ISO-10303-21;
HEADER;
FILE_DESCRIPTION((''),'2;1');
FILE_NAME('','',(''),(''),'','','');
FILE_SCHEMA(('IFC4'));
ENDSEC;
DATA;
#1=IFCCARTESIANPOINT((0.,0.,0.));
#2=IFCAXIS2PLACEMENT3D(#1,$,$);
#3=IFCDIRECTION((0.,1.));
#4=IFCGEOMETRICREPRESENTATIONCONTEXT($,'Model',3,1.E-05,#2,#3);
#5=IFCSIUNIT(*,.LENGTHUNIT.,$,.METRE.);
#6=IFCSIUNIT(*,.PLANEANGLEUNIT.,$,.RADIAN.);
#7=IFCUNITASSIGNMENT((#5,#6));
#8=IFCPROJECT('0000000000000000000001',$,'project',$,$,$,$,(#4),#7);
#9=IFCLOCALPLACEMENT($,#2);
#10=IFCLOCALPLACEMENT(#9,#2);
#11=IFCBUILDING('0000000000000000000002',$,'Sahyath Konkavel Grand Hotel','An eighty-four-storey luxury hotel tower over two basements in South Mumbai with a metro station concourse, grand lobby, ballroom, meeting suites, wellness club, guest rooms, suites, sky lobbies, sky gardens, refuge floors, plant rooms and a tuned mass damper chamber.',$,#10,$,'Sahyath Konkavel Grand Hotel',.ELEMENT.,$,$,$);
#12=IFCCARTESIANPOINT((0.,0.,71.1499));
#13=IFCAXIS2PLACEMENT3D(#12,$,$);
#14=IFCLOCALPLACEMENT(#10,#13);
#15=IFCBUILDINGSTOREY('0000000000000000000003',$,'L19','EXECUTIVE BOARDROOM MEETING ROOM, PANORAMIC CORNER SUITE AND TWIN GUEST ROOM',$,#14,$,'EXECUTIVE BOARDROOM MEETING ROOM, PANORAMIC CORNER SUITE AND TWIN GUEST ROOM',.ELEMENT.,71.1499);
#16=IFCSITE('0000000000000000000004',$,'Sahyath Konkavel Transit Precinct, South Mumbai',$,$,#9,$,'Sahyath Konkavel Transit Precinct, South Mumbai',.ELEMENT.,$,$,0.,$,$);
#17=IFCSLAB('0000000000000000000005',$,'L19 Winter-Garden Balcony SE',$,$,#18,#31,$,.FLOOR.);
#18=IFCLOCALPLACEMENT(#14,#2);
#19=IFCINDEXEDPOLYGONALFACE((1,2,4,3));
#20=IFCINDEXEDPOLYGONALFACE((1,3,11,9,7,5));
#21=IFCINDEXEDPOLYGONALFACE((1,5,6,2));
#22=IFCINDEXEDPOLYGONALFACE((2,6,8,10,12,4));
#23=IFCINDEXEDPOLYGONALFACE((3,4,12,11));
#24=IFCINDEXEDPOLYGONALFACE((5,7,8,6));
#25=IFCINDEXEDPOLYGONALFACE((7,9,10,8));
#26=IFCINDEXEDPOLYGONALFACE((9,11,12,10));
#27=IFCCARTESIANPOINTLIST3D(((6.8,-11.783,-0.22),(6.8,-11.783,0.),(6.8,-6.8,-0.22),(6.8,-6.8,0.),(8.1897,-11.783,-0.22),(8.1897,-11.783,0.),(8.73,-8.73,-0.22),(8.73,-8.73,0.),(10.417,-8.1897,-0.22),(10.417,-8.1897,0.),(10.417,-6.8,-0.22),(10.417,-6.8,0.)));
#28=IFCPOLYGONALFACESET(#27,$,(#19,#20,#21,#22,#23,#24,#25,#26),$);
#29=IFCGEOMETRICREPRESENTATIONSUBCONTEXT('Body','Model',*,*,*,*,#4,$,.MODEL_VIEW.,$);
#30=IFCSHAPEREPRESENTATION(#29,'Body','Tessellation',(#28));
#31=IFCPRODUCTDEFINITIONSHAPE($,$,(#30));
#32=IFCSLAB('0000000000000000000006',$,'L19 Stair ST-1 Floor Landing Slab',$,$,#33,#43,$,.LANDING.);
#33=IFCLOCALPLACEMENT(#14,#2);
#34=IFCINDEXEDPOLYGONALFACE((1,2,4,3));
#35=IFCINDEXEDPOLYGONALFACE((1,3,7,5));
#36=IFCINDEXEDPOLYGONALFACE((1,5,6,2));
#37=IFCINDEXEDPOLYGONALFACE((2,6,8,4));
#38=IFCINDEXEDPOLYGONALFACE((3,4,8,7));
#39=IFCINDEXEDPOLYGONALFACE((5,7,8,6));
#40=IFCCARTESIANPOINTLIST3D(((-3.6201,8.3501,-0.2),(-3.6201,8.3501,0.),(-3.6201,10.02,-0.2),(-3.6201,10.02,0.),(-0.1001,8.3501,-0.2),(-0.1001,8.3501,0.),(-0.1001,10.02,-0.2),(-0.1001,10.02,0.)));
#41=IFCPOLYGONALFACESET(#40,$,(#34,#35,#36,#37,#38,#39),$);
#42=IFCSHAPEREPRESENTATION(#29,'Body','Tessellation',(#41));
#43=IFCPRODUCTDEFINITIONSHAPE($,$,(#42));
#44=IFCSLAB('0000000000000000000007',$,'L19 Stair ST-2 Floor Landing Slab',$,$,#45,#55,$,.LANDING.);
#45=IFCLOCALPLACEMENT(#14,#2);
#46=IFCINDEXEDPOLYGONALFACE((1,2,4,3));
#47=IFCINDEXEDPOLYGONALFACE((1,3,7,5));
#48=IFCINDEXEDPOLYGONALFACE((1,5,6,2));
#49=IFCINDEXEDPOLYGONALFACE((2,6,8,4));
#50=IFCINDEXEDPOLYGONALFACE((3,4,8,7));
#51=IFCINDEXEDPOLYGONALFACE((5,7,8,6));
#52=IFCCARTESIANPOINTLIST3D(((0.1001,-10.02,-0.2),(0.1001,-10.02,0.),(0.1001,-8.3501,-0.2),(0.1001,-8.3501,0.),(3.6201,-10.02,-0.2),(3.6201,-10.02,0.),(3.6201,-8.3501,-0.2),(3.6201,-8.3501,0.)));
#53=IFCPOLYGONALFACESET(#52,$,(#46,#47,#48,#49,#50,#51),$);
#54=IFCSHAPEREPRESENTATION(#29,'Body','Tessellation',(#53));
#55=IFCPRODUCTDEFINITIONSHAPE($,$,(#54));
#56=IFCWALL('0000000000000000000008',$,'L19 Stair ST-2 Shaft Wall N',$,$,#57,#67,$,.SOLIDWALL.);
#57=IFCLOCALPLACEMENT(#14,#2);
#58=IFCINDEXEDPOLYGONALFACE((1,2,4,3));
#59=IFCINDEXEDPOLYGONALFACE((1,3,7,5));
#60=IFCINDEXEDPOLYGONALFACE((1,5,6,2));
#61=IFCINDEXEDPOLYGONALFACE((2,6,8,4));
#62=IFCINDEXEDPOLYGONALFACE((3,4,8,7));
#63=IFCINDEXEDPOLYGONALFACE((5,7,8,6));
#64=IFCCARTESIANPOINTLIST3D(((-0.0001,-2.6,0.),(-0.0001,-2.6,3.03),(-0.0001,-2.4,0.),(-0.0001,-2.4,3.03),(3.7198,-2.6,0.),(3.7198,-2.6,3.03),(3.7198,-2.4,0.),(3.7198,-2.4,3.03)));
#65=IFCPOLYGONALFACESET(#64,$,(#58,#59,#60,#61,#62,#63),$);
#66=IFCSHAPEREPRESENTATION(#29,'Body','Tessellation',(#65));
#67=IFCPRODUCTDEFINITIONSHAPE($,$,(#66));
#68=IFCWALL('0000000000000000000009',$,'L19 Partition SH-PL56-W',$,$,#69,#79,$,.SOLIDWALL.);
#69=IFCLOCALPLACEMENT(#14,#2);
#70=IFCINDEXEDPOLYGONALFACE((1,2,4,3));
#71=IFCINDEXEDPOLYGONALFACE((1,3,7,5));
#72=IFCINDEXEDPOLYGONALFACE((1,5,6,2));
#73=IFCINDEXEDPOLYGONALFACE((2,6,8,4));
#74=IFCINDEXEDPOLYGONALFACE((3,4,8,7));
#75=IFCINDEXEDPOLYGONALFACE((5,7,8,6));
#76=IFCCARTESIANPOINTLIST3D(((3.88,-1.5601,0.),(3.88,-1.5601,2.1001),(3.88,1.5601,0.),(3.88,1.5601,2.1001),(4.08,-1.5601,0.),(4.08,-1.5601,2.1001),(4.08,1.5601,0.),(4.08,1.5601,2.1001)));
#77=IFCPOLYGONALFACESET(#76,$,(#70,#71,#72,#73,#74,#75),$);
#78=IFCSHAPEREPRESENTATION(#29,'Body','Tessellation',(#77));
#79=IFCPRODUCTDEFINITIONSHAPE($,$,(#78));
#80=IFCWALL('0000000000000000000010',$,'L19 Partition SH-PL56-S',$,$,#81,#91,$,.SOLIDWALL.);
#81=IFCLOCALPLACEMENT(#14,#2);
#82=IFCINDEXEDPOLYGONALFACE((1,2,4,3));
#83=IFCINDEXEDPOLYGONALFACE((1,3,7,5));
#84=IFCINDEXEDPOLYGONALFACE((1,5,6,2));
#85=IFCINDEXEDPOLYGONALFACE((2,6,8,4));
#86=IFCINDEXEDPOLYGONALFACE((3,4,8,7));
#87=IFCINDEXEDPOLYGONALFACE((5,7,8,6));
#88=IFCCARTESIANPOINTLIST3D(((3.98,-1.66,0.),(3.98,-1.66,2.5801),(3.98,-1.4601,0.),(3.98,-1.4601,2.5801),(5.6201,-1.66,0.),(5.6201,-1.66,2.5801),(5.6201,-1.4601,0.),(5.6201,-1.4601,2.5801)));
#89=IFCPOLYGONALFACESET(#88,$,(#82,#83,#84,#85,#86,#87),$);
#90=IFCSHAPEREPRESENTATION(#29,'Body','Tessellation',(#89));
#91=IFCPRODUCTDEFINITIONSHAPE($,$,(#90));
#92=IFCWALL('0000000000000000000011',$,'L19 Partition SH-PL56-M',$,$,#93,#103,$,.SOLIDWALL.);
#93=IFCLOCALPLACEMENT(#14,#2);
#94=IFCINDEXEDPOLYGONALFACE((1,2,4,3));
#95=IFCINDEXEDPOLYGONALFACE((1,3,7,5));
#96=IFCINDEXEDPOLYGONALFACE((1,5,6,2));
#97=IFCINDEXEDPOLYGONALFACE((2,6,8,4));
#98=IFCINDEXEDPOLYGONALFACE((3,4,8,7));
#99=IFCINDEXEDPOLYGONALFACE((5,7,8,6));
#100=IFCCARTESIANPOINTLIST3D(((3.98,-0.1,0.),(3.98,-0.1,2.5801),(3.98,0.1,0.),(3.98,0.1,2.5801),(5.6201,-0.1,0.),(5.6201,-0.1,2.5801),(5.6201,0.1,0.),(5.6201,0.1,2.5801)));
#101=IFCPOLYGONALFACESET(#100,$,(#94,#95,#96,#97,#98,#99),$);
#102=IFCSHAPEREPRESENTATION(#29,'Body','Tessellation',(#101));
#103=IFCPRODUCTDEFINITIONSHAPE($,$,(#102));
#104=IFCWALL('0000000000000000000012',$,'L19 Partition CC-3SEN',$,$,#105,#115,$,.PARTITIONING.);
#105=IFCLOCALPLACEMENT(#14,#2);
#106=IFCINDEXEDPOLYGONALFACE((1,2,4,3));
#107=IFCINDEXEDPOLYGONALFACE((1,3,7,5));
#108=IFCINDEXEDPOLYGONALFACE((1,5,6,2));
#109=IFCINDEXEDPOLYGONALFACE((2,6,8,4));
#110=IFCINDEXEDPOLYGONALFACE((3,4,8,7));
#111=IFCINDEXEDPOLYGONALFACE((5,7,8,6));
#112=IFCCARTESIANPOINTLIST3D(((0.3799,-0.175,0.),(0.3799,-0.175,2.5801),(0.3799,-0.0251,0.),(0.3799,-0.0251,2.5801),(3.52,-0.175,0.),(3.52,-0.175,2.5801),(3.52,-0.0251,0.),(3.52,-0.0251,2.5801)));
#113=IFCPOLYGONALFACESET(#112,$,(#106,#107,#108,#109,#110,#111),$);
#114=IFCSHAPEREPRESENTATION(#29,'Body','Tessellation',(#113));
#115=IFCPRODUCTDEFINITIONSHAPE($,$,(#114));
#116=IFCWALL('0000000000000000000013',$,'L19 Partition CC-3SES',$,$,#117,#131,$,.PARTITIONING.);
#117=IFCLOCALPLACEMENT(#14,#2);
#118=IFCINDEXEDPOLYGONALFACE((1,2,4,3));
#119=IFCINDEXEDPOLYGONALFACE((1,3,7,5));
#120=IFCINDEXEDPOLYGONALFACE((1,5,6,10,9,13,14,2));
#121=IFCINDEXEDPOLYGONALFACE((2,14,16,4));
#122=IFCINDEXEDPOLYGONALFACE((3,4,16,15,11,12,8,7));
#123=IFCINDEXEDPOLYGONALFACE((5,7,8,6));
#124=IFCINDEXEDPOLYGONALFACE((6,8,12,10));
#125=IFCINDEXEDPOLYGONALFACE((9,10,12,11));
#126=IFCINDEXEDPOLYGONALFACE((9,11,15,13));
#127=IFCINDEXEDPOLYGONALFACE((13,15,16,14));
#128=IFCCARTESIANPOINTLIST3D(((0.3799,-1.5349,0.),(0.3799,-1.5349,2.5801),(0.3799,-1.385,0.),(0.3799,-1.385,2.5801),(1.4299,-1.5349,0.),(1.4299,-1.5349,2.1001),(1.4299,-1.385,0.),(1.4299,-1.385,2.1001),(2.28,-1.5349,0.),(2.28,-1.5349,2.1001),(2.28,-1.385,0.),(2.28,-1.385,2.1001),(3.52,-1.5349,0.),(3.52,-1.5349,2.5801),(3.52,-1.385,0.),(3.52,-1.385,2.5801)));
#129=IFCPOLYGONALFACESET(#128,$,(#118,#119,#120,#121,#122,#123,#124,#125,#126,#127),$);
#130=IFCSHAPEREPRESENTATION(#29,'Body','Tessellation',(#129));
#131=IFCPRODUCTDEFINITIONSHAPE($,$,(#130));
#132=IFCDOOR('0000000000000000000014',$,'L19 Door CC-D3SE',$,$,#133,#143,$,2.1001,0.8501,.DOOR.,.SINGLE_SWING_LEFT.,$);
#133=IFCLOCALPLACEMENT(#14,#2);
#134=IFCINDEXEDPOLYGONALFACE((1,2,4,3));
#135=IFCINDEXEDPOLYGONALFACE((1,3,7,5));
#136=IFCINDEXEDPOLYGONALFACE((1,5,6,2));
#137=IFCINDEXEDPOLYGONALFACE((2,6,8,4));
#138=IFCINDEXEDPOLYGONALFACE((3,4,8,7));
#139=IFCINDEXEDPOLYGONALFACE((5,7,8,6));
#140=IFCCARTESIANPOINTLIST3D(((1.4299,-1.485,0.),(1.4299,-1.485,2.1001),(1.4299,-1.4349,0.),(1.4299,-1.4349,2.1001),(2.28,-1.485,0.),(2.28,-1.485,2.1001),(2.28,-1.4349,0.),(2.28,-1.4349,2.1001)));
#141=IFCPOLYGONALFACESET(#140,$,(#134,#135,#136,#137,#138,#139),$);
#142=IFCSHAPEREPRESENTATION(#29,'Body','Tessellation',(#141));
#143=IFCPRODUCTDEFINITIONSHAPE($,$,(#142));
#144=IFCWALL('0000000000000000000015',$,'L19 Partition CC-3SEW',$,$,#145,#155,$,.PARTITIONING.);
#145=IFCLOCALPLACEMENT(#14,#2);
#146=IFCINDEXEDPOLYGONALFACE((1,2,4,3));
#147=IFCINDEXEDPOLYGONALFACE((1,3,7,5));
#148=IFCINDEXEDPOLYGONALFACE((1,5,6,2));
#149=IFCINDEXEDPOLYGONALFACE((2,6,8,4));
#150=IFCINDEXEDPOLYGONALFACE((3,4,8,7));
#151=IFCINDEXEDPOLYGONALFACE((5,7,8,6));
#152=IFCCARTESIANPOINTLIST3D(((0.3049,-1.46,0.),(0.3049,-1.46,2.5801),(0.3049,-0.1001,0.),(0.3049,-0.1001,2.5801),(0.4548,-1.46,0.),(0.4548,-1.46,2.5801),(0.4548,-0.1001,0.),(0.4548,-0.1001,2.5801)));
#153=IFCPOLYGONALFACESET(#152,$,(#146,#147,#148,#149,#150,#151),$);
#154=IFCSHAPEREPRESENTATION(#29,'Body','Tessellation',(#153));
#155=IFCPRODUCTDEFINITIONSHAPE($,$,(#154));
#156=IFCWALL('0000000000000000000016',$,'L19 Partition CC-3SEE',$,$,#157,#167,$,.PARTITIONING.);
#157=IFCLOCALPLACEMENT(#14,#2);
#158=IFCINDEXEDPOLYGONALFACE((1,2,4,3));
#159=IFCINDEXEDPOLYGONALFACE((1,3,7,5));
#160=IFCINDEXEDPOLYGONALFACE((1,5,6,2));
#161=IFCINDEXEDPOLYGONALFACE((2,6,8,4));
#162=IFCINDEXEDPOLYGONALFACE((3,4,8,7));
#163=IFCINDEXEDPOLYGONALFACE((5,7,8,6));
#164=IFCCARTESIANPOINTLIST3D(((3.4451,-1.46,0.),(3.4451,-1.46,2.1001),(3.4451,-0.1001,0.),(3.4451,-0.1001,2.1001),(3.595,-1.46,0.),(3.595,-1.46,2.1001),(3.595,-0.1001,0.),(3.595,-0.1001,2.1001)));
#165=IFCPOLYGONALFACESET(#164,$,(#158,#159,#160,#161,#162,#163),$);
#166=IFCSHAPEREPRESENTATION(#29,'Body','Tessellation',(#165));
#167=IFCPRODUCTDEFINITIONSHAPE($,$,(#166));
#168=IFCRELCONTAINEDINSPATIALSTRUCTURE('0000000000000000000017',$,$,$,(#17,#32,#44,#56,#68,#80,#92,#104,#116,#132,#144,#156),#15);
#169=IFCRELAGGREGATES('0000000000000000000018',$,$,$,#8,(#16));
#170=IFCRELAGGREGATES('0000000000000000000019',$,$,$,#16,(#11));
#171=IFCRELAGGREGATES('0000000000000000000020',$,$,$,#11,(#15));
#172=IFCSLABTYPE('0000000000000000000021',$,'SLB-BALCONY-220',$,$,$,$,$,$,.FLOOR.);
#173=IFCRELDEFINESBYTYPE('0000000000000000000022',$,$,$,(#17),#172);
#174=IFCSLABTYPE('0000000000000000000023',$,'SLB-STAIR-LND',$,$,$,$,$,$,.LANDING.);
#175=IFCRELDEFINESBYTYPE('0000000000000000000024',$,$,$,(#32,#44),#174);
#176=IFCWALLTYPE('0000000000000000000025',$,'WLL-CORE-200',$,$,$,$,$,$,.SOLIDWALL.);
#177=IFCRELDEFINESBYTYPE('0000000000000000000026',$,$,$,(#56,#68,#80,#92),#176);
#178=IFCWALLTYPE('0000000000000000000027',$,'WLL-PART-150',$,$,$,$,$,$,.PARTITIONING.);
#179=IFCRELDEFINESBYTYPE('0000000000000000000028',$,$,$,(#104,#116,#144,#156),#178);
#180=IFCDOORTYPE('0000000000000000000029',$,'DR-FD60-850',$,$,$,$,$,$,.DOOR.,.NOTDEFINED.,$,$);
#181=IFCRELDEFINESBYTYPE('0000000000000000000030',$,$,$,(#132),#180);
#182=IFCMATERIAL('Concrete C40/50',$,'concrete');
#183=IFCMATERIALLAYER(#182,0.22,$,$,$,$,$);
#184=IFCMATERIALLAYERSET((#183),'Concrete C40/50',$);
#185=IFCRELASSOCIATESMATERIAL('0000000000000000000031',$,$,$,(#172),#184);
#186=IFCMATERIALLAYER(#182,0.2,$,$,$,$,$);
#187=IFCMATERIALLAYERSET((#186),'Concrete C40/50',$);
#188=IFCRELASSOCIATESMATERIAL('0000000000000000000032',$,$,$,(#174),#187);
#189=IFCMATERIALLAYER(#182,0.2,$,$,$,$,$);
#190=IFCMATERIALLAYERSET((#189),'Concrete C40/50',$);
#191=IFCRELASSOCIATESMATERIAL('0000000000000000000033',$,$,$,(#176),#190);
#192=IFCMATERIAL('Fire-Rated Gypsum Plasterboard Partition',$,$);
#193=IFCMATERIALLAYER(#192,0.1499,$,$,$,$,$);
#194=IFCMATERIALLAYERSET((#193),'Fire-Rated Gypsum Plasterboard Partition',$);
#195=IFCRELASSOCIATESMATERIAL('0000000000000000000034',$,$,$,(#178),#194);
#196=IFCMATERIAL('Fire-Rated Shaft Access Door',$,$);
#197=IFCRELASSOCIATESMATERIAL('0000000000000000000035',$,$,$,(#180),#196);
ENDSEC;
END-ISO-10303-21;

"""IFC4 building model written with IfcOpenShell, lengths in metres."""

from ifc_helpers import new_model, si_unit, direction, frame, frame_2d, origin, origin_2d, place, context, subcontext, project, spatial, polyline, rectangle, outline, extrude, source, transform, mapped, material, layer, layer_set, type_object, element, fill, save


model = new_model("IFC4")

# Units and contexts
model_context = context("Model", 3, precision=1e-05, world=origin(), true_north=direction((0.0, 1.0)))
body_context = subcontext(model_context, "Body", "Model", "MODEL_VIEW")
ifc_project = project(units=[si_unit("LENGTHUNIT", "METRE"), si_unit("PLANEANGLEUNIT", "RADIAN")], contexts=[model_context])

# Site, building, storey
site_placement = place(None, origin())
site = spatial("IfcSite", under=ifc_project, at=site_placement, Name="Sahyath Konkavel Transit Precinct, South Mumbai", LongName="Sahyath Konkavel Transit Precinct, South Mumbai", CompositionType="ELEMENT", RefElevation=0.0)
building_placement = place(site_placement, origin())
building = spatial("IfcBuilding", under=site, at=building_placement, Name="Sahyath Konkavel Grand Hotel", Description="An eighty-four-storey luxury hotel tower over two basements in South Mumbai with a metro station concourse, grand lobby, ballroom, meeting suites, wellness club, guest rooms, suites, sky lobbies, sky gardens, refuge floors, plant rooms and a tuned mass damper chamber.", LongName="Sahyath Konkavel Grand Hotel", CompositionType="ELEMENT")
storey_placement = place(building_placement, frame((0.0, 0.0, 71.1499)))
storey = spatial("IfcBuildingStorey", under=building, at=storey_placement, Name="L19", Description="EXECUTIVE BOARDROOM MEETING ROOM, PANORAMIC CORNER SUITE AND TWIN GUEST ROOM", LongName="EXECUTIVE BOARDROOM MEETING ROOM, PANORAMIC CORNER SUITE AND TWIN GUEST ROOM", CompositionType="ELEMENT", Elevation=71.1499)

# Slabs
ifc_material_1 = material(Name="Concrete C40/50", Category="concrete")
ifc_layer_1 = layer(ifc_material_1, 0.22)
ifc_layer_set_1 = layer_set([ifc_layer_1], Name="Concrete C40/50")
slab_type_1 = type_object("IfcSlabType", Name="SLB-BALCONY-220", PredefinedType="FLOOR", material=ifc_layer_set_1)
slab_1_placement = place(storey_placement, frame((0.0, 0.0, -0.22)))
element("IfcSlab", 1, at=slab_1_placement, inside=storey, type_object=slab_type_1, Name="L19 Winter-Garden Balcony SE", PredefinedType="FLOOR", context=body_context, shape_type="SweptSolid", body=[
    extrude(outline(polyline([(6.8, -6.8), (6.8, -11.783), (8.1897, -11.783), (8.73, -8.73), (10.417, -8.1897), (10.417, -6.8), (6.8, -6.8)])), origin(), (0.0, 0.0, 1.0), 0.22),
])
ifc_layer_2 = layer(ifc_material_1, 0.2)
ifc_layer_set_2 = layer_set([ifc_layer_2], Name="Concrete C40/50")
slab_type_2 = type_object("IfcSlabType", Name="SLB-STAIR-LND", PredefinedType="LANDING", material=ifc_layer_set_2)
slab_2_placement = place(storey_placement, frame((0.0, 0.0, -0.2)))
element("IfcSlab", 2, at=slab_2_placement, inside=storey, type_object=slab_type_2, Name="L19 Stair ST-1 Floor Landing Slab", PredefinedType="LANDING", context=body_context, shape_type="SweptSolid", body=[
    extrude(outline(polyline([(-3.6201, 8.3501), (-0.1001, 8.3501), (-0.1001, 10.02), (-3.6201, 10.02), (-3.6201, 8.3501)])), origin(), (0.0, 0.0, 1.0), 0.2),
])
slab_3_placement = place(storey_placement, frame((0.0, 0.0, -0.2)))
element("IfcSlab", 3, at=slab_3_placement, inside=storey, type_object=slab_type_2, Name="L19 Stair ST-2 Floor Landing Slab", PredefinedType="LANDING", context=body_context, shape_type="SweptSolid", body=[
    extrude(outline(polyline([(0.1001, -10.02), (3.6201, -10.02), (3.6201, -8.3501), (0.1001, -8.3501), (0.1001, -10.02)])), origin(), (0.0, 0.0, 1.0), 0.2),
])

# Walls
ifc_layer_3 = layer(ifc_material_1, 0.2)
ifc_layer_set_3 = layer_set([ifc_layer_3], Name="Concrete C40/50")
wall_type_1 = type_object("IfcWallType", Name="WLL-CORE-200", PredefinedType="SOLIDWALL", material=ifc_layer_set_3)
wall_1_placement = place(storey_placement, frame((0.0, -2.5, 0.0), z_axis=(0.0, 0.0, 1.0), x_axis=(1.0, 0.0, 0.0)))
element("IfcWall", 4, at=wall_1_placement, inside=storey, type_object=wall_type_1, Name="L19 Stair ST-2 Shaft Wall N", PredefinedType="SOLIDWALL", context=body_context, shape_type="SweptSolid", body=[
    extrude(rectangle(XDim=3.72, YDim=0.2, at=frame_2d((1.8599, 0.0))), origin(), (0.0, 0.0, 1.0), 3.03),
])
wall_2_placement = place(storey_placement, frame((3.98, -1.5601, 0.0), z_axis=(0.0, 0.0, 1.0), x_axis=(0.0, 1.0, 0.0)))
element("IfcWall", 5, at=wall_2_placement, inside=storey, type_object=wall_type_1, Name="L19 Partition SH-PL56-W", PredefinedType="SOLIDWALL", context=body_context, shape_type="SweptSolid", body=[
    extrude(rectangle(XDim=3.1201, YDim=0.2, at=frame_2d((1.5601, 0.0))), origin(), (0.0, 0.0, 1.0), 2.1001),
])
for number, where, z_axis, x_axis, name in (
    (6, (3.98, -1.5601, 0.0), (0.0, 0.0, 1.0), (1.0, 0.0, 0.0), "L19 Partition SH-PL56-S"),
    (7, (3.98, 0.0, 0.0), (0.0, 0.0, 1.0), (1.0, 0.0, 0.0), "L19 Partition SH-PL56-M"),
):
    element("IfcWall", number, at=place(storey_placement, frame(where, z_axis=z_axis, x_axis=x_axis)), inside=storey, type_object=wall_type_1, Name=name, PredefinedType="SOLIDWALL", context=body_context, shape_type="SweptSolid", body=[
        extrude(rectangle(XDim=1.6401, YDim=0.2, at=frame_2d((0.8201, 0.0))), origin(), (0.0, 0.0, 1.0), 2.5801),
    ])
ifc_material_2 = material(Name="Fire-Rated Gypsum Plasterboard Partition")
ifc_layer_4 = layer(ifc_material_2, 0.1499)
ifc_layer_set_4 = layer_set([ifc_layer_4], Name="Fire-Rated Gypsum Plasterboard Partition")
wall_type_2 = type_object("IfcWallType", Name="WLL-PART-150", PredefinedType="PARTITIONING", material=ifc_layer_set_4)
wall_3_placement = place(storey_placement, frame((0.3799, -0.1001, 0.0), z_axis=(0.0, 0.0, 1.0), x_axis=(1.0, 0.0, 0.0)))
element("IfcWall", 8, at=wall_3_placement, inside=storey, type_object=wall_type_2, Name="L19 Partition CC-3SEN", PredefinedType="PARTITIONING", context=body_context, shape_type="SweptSolid", body=[
    extrude(rectangle(XDim=3.1401, YDim=0.1499, at=frame_2d((1.5701, 0.0))), origin(), (0.0, 0.0, 1.0), 2.5801),
])

# Wall, opening, door
wall_4_placement = place(storey_placement, frame((0.3799, -1.46, 0.0), z_axis=(0.0, 0.0, 1.0), x_axis=(1.0, 0.0, 0.0)))
wall_4 = element("IfcWall", 9, at=wall_4_placement, inside=storey, type_object=wall_type_2, Name="L19 Partition CC-3SES", PredefinedType="PARTITIONING", context=body_context, shape_type="SweptSolid", body=[
    extrude(rectangle(XDim=3.1401, YDim=0.1499, at=frame_2d((1.5701, 0.0))), origin(), (0.0, 0.0, 1.0), 2.5801),
])
opening_placement = place(wall_4_placement, frame((1.05, 0.0, 0.0)))
opening = element("IfcOpeningElement", 10, at=opening_placement, cuts=wall_4, PredefinedType="OPENING", context=body_context, shape_type="SweptSolid", body=[
    extrude(rectangle(XDim=0.8501, YDim=2.1001, at=frame_2d((0.425, 1.05))), frame((0.0, 0.085, 0.0), z_axis=(0.0, -1.0, 0.0), x_axis=(1.0, 0.0, 0.0)), (0.0, 0.0, 1.0), 0.1699),
])
ifc_material_3 = material(Name="Fire-Rated Shaft Access Door")
door_type = type_object("IfcDoorType", Name="DR-FD60-850", OperationType="NOTDEFINED", PredefinedType="DOOR", material=ifc_material_3)
shared_shape_1 = source(origin(), body_context, "Body", "SweptSolid", [
    extrude(rectangle(XDim=0.8501, YDim=0.05, at=origin_2d()), origin(), (0.0, 0.0, 1.0), 2.1001),
])
door_placement = place(opening_placement, frame((0.425, 0.0, 0.0)))
door = element("IfcDoor", 11, at=door_placement, inside=storey, type_object=door_type, Name="L19 Door CC-D3SE", OperationType="SINGLE_SWING_LEFT", OverallHeight=2.1001, OverallWidth=0.8501, PredefinedType="DOOR", context=body_context, shape_type="MappedRepresentation", body=[
    mapped(shared_shape_1, transform((0.0, 0.0, 0.0), scale=1.0)),
])
fill(opening, door)

# Walls
wall_5_placement = place(storey_placement, frame((0.3799, -1.46, 0.0), z_axis=(0.0, 0.0, 1.0), x_axis=(0.0, 1.0, 0.0)))
element("IfcWall", 12, at=wall_5_placement, inside=storey, type_object=wall_type_2, Name="L19 Partition CC-3SEW", PredefinedType="PARTITIONING", context=body_context, shape_type="SweptSolid", body=[
    extrude(rectangle(XDim=1.3599, YDim=0.1499, at=frame_2d((0.6799, 0.0))), origin(), (0.0, 0.0, 1.0), 2.5801),
])
wall_6_placement = place(storey_placement, frame((3.52, -1.46, 0.0), z_axis=(0.0, 0.0, 1.0), x_axis=(0.0, 1.0, 0.0)))
element("IfcWall", 13, at=wall_6_placement, inside=storey, type_object=wall_type_2, Name="L19 Partition CC-3SEE", PredefinedType="PARTITIONING", context=body_context, shape_type="SweptSolid", body=[
    extrude(rectangle(XDim=1.3599, YDim=0.1499, at=frame_2d((0.6799, 0.0))), origin(), (0.0, 0.0, 1.0), 2.1001),
])

save(model, "model.ifc")
